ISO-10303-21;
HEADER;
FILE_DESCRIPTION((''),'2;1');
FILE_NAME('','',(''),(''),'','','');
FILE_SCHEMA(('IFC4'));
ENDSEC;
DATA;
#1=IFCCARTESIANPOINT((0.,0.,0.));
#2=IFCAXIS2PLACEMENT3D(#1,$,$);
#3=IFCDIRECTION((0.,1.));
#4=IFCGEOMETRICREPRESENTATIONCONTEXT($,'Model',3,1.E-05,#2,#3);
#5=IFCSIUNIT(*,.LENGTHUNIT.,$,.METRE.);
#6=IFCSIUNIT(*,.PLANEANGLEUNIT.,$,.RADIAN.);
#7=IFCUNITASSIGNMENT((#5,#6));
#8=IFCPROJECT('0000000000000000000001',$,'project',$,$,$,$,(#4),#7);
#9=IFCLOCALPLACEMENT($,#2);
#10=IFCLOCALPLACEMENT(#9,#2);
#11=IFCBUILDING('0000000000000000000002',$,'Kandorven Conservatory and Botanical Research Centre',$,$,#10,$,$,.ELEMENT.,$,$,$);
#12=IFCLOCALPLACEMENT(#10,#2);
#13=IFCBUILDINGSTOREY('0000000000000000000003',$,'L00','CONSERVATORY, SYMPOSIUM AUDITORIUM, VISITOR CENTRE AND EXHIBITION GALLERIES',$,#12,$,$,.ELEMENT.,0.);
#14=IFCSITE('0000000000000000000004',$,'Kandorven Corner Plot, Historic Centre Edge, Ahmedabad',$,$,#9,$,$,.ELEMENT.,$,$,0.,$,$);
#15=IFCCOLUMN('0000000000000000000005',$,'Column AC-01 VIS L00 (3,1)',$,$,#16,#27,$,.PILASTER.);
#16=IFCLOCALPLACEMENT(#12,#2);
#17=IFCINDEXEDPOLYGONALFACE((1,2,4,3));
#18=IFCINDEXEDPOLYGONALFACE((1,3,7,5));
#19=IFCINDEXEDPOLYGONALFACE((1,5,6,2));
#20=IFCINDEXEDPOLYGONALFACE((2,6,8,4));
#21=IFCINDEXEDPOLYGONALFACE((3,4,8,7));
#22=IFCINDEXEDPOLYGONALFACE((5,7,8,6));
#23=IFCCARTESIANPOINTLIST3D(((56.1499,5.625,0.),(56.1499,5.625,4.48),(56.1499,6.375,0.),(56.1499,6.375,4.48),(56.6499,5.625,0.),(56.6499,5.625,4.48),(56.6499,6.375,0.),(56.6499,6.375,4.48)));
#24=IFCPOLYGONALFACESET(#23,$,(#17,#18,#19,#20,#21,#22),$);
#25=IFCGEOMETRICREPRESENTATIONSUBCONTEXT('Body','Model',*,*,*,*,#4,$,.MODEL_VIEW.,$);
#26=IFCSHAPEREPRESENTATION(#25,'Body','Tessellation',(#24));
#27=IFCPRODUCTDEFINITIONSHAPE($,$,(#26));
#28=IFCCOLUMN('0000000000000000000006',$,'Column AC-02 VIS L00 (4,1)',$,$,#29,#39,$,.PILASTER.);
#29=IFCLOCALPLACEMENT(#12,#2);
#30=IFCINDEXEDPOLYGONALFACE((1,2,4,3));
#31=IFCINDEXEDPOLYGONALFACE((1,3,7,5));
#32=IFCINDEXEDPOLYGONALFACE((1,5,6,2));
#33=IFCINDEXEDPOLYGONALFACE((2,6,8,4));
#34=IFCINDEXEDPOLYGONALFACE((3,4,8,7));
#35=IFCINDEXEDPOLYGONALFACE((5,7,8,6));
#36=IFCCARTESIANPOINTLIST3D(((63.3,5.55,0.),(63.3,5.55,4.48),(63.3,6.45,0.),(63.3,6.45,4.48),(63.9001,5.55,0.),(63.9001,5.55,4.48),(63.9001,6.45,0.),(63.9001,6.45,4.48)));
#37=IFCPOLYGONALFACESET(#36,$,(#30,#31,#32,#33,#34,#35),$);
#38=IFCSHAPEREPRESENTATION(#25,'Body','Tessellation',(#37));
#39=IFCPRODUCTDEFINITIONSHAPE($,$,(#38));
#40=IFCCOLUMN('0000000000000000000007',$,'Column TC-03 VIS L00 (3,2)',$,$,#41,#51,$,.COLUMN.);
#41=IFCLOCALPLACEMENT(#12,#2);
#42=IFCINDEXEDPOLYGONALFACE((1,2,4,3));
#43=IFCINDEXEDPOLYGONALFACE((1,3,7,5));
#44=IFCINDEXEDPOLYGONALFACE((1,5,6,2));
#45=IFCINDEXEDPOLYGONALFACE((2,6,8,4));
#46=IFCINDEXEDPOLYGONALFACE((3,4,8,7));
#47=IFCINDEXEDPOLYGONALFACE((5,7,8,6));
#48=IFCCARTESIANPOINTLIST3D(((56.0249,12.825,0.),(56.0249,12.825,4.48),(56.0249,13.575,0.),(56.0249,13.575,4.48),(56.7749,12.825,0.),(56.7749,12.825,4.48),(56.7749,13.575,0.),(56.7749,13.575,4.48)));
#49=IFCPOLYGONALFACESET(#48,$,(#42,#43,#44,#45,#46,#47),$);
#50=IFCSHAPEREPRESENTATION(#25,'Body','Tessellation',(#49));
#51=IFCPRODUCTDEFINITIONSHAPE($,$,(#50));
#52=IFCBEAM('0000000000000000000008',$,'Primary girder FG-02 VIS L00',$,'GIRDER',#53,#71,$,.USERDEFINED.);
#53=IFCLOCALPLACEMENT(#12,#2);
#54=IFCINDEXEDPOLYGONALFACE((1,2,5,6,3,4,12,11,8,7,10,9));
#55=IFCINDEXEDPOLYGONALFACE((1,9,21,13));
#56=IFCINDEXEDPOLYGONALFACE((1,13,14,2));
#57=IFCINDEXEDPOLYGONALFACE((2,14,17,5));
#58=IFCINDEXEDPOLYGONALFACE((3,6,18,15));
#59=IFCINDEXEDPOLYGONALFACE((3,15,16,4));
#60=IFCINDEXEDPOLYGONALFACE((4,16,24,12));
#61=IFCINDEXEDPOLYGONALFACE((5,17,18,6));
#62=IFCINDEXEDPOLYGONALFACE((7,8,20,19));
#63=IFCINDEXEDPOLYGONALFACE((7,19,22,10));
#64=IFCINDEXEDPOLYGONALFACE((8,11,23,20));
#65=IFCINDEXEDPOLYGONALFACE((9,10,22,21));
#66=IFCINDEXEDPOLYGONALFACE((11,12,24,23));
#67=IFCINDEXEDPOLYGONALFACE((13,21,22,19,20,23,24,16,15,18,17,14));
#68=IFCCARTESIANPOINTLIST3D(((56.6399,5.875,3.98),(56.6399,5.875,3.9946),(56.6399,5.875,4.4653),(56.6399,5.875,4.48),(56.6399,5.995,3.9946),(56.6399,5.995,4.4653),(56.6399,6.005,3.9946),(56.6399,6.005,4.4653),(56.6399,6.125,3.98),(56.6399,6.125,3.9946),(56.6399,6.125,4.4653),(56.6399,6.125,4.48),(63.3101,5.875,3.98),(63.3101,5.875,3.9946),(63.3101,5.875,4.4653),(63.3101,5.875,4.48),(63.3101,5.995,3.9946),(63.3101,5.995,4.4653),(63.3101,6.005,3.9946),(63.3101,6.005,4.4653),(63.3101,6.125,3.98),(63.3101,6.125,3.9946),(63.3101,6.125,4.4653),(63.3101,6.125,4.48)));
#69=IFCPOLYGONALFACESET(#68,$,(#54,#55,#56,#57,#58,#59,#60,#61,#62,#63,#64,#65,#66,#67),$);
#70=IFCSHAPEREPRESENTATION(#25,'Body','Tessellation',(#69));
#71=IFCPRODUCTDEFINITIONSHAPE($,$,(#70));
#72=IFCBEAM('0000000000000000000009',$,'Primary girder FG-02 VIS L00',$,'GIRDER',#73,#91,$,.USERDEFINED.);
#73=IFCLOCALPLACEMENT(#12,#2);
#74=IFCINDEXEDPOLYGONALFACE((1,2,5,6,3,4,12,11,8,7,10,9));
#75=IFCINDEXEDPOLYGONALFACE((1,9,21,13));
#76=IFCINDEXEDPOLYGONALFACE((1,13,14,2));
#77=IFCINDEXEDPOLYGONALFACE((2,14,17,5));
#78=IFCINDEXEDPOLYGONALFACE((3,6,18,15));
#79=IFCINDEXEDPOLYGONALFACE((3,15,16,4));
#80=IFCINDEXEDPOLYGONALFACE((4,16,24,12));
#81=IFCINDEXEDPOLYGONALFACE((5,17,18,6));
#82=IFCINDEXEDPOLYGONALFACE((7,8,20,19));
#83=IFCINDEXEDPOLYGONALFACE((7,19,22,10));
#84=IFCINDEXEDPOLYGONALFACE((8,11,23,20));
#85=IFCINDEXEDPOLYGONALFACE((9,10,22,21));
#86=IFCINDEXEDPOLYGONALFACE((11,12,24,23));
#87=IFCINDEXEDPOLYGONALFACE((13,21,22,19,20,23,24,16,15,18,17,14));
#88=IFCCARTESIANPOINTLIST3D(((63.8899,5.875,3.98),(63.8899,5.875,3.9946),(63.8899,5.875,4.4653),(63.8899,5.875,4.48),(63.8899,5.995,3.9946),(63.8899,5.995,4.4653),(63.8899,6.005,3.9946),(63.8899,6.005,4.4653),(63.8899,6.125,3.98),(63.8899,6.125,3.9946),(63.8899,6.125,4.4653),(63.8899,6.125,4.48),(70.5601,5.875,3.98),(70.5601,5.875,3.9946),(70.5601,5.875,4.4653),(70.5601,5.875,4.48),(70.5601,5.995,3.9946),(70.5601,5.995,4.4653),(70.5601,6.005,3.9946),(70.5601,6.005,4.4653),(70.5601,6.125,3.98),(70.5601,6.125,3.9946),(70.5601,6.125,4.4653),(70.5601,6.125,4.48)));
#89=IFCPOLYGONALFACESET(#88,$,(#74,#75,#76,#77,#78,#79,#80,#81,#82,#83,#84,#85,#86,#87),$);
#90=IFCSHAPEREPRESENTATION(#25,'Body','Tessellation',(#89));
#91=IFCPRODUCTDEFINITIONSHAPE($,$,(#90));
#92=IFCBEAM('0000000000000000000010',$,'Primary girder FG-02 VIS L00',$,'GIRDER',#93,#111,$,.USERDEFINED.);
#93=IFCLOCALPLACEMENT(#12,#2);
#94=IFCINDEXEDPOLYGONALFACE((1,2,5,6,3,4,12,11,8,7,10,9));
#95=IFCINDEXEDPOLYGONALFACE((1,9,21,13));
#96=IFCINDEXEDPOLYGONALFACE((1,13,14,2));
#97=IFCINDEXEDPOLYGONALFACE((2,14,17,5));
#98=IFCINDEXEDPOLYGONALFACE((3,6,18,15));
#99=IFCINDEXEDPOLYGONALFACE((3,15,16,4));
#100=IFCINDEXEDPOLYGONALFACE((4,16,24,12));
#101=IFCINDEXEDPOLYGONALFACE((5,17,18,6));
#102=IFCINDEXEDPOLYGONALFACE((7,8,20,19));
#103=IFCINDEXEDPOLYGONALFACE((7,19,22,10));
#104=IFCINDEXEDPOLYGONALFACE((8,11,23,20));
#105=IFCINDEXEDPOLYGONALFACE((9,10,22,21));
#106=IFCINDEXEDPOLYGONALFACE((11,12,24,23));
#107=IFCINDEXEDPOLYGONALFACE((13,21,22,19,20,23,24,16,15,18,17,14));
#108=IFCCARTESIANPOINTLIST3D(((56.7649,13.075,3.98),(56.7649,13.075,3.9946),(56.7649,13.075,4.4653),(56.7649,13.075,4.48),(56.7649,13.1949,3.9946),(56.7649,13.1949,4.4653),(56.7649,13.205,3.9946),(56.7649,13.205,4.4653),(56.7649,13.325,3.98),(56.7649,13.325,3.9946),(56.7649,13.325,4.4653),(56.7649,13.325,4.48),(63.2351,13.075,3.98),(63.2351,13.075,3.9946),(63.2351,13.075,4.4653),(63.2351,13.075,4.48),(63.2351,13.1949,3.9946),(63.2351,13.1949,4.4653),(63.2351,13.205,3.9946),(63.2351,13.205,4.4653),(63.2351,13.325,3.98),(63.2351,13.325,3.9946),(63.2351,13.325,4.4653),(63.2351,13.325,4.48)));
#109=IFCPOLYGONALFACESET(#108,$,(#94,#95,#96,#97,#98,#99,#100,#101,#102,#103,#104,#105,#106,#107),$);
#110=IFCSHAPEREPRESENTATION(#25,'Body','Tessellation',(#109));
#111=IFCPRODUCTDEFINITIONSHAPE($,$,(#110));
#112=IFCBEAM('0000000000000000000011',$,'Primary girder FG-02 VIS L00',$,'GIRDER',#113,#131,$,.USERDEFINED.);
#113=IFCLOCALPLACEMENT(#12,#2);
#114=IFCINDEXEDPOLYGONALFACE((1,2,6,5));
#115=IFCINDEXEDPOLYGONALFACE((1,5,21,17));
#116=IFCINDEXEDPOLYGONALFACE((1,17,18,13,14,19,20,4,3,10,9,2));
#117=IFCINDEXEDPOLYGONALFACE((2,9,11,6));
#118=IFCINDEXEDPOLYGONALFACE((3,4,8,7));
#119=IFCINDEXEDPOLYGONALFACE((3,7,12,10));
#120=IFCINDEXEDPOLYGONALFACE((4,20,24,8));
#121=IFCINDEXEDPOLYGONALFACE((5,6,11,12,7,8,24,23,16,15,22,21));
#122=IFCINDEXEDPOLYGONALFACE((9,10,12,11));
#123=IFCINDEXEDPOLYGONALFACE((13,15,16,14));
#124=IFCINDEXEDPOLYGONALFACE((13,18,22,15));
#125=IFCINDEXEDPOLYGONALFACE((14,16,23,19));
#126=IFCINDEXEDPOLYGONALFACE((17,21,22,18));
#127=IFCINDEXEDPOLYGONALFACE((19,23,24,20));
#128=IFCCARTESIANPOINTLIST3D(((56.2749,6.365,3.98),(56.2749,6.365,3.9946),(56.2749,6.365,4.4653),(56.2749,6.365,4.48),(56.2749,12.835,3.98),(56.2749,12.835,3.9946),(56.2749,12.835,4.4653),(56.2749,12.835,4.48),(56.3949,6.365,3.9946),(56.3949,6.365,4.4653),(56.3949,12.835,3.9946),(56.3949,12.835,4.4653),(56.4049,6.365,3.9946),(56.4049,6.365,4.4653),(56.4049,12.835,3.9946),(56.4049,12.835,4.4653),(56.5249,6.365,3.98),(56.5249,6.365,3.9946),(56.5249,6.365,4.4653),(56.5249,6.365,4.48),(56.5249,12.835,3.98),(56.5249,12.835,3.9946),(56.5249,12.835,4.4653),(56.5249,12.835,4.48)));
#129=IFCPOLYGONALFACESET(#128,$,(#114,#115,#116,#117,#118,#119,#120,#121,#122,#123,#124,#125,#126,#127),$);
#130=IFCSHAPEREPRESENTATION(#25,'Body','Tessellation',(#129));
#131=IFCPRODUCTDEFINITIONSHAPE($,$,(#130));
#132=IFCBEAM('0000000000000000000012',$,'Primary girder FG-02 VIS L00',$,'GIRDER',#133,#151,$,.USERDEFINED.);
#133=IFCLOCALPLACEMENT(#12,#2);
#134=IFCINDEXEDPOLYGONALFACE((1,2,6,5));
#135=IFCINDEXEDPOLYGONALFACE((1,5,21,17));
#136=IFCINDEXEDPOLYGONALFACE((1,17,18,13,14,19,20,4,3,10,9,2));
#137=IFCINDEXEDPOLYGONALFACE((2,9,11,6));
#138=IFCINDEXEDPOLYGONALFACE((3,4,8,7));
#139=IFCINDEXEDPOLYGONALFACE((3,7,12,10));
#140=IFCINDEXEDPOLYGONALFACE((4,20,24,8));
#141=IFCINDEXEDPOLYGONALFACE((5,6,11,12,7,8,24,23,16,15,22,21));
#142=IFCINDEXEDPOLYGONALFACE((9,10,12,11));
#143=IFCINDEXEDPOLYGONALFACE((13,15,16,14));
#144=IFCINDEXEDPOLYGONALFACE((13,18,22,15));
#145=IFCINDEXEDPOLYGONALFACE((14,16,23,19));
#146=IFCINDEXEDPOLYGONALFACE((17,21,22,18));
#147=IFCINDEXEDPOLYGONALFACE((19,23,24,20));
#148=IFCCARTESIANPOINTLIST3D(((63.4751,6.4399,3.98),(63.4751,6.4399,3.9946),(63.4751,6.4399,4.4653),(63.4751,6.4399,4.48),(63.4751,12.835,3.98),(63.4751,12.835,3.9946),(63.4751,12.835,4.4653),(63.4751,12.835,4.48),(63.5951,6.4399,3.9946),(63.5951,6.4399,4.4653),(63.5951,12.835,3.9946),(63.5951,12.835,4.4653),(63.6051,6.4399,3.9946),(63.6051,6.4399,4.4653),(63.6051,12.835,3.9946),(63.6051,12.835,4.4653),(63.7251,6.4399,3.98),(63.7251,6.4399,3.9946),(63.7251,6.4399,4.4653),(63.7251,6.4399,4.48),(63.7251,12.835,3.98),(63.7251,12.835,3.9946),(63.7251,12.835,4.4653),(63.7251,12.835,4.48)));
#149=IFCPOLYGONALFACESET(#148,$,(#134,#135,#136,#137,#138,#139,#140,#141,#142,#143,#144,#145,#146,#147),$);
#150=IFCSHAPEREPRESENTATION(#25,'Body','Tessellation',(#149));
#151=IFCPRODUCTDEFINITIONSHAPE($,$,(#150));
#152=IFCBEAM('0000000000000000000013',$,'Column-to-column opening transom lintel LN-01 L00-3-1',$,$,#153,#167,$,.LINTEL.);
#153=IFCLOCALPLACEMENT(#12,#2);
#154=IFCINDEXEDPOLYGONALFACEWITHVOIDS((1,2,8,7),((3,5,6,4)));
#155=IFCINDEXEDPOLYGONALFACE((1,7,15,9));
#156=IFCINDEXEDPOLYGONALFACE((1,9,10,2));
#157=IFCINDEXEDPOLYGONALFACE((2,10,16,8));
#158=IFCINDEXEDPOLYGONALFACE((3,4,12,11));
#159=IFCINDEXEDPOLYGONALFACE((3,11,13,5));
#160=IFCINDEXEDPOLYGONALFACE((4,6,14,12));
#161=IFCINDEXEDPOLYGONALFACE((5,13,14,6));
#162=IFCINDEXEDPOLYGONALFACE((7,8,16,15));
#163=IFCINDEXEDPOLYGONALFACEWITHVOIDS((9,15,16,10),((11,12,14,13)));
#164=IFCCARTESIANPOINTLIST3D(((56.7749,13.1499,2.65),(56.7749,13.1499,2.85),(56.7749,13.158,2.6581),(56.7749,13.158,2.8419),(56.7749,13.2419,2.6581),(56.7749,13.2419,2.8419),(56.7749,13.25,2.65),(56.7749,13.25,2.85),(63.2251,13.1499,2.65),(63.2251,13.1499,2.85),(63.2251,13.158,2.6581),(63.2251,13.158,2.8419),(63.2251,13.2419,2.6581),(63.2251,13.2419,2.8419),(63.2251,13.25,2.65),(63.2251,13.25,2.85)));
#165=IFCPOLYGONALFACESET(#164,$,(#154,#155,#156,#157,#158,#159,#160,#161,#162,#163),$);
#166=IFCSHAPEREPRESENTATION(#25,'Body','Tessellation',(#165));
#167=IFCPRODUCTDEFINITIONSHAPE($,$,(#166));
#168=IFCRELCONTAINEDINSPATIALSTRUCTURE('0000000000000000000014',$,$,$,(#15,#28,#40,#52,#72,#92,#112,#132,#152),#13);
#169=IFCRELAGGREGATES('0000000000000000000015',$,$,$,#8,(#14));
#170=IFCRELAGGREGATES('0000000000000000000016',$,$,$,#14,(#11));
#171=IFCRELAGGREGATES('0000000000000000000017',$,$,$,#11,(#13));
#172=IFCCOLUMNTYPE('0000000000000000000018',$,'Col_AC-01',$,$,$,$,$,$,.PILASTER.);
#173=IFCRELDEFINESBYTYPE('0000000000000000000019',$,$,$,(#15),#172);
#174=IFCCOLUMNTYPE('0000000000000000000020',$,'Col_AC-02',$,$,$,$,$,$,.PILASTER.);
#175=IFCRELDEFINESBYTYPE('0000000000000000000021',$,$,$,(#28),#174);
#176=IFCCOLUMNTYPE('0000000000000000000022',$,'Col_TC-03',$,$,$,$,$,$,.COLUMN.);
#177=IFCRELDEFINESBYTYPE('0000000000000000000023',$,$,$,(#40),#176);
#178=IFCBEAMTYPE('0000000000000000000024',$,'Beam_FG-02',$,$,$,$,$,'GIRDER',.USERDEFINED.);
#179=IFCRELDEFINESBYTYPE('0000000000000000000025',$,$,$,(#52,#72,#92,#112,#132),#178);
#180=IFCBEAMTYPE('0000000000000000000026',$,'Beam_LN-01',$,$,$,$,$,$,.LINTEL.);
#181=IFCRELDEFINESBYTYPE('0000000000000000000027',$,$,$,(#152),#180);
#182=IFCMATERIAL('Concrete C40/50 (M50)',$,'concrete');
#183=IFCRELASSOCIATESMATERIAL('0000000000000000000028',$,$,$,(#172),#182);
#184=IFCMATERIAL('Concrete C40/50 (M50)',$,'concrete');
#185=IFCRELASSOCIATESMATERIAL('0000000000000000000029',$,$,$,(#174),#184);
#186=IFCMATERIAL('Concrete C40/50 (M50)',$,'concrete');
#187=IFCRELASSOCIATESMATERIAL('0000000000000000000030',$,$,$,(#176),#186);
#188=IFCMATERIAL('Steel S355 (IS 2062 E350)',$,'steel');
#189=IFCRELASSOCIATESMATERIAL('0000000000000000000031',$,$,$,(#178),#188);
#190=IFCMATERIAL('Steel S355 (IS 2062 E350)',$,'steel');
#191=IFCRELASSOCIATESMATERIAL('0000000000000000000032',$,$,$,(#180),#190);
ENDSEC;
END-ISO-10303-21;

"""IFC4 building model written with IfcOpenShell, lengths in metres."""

from ifc_helpers import new_model, si_unit, direction, frame, origin, origin_2d, place, context, subcontext, project, spatial, rectangle, hollow_rectangle, i_section, extrude, material, material_profile, profile_set, type_object, element, save


model = new_model("IFC4")

# Units and contexts
model_context = context("Model", 3, precision=1e-05, world=origin(), true_north=direction((0.0, 1.0)))
body_context = subcontext(model_context, "Body", "Model", "MODEL_VIEW")
ifc_project = project(units=[si_unit("LENGTHUNIT", "METRE"), si_unit("PLANEANGLEUNIT", "RADIAN")], contexts=[model_context])

# Site, building, storey
site_placement = place(None, origin())
site = spatial("IfcSite", under=ifc_project, at=site_placement, Name="Kandorven Corner Plot, Historic Centre Edge, Ahmedabad", CompositionType="ELEMENT", RefElevation=0.0)
building_placement = place(site_placement, origin())
building = spatial("IfcBuilding", under=site, at=building_placement, Name="Kandorven Conservatory and Botanical Research Centre", CompositionType="ELEMENT")
storey_placement = place(building_placement, origin())
storey = spatial("IfcBuildingStorey", under=building, at=storey_placement, Name="L00", Description="CONSERVATORY, SYMPOSIUM AUDITORIUM, VISITOR CENTRE AND EXHIBITION GALLERIES", CompositionType="ELEMENT", Elevation=0.0)

# Columns
ifc_material_1 = material(Name="Concrete C40/50 (M50)", Category="concrete")
ifc_material_profile_1 = material_profile(ifc_material_1, rectangle(XDim=0.5, YDim=0.75, at=origin_2d()))
ifc_profile_set_1 = profile_set([ifc_material_profile_1], Name="Concrete C40/50 (M50)")
column_type_1 = type_object("IfcColumnType", Name="Col_AC-01", PredefinedType="PILASTER", material=ifc_profile_set_1)
column_1_placement = place(storey_placement, frame((56.3999, 6.0, 0.0), z_axis=(0.0, 0.0, 1.0), x_axis=(1.0, 0.0, 0.0)))
element("IfcColumn", 1, at=column_1_placement, inside=storey, type_object=column_type_1, Name="Column AC-01 VIS L00 (3,1)", PredefinedType="PILASTER", context=body_context, shape_type="SweptSolid", body=[
    extrude(rectangle(XDim=0.5, YDim=0.75, at=origin_2d()), origin(), (0.0, 0.0, 1.0), 4.48),
])
ifc_material_2 = material(Name="Concrete C40/50 (M50)", Category="concrete")
ifc_material_profile_2 = material_profile(ifc_material_2, rectangle(XDim=0.6001, YDim=0.8999, at=origin_2d()))
ifc_profile_set_2 = profile_set([ifc_material_profile_2], Name="Concrete C40/50 (M50)")
column_type_2 = type_object("IfcColumnType", Name="Col_AC-02", PredefinedType="PILASTER", material=ifc_profile_set_2)
column_2_placement = place(storey_placement, frame((63.6001, 6.0, 0.0), z_axis=(0.0, 0.0, 1.0), x_axis=(1.0, 0.0, 0.0)))
element("IfcColumn", 2, at=column_2_placement, inside=storey, type_object=column_type_2, Name="Column AC-02 VIS L00 (4,1)", PredefinedType="PILASTER", context=body_context, shape_type="SweptSolid", body=[
    extrude(rectangle(XDim=0.6001, YDim=0.8999, at=origin_2d()), origin(), (0.0, 0.0, 1.0), 4.48),
])
ifc_material_3 = material(Name="Concrete C40/50 (M50)", Category="concrete")
ifc_material_profile_3 = material_profile(ifc_material_3, rectangle(XDim=0.75, YDim=0.75, at=origin_2d()))
ifc_profile_set_3 = profile_set([ifc_material_profile_3], Name="Concrete C40/50 (M50)")
column_type_3 = type_object("IfcColumnType", Name="Col_TC-03", PredefinedType="COLUMN", material=ifc_profile_set_3)
column_3_placement = place(storey_placement, frame((56.3999, 13.2, 0.0), z_axis=(0.0, 0.0, 1.0), x_axis=(1.0, 0.0, 0.0)))
element("IfcColumn", 3, at=column_3_placement, inside=storey, type_object=column_type_3, Name="Column TC-03 VIS L00 (3,2)", PredefinedType="COLUMN", context=body_context, shape_type="SweptSolid", body=[
    extrude(rectangle(XDim=0.75, YDim=0.75, at=origin_2d()), origin(), (0.0, 0.0, 1.0), 4.48),
])

# Beams
ifc_material_4 = material(Name="Steel S355 (IS 2062 E350)", Category="steel")
ifc_material_profile_4 = material_profile(ifc_material_4, i_section(OverallWidth=0.25, OverallDepth=0.5, WebThickness=0.01, FlangeThickness=0.0146, at=origin_2d()))
ifc_profile_set_4 = profile_set([ifc_material_profile_4], Name="Steel S355 (IS 2062 E350)")
beam_type_1 = type_object("IfcBeamType", Name="Beam_FG-02", ElementType="GIRDER", PredefinedType="USERDEFINED", material=ifc_profile_set_4)
for number, where, z_axis, x_axis, name in (
    (4, (56.6399, 6.0, 4.23), (1.0, 0.0, 0.0), (0.0, 1.0, 0.0), "Primary girder FG-02 VIS L00"),
    (5, (63.8899, 6.0, 4.23), (1.0, 0.0, 0.0), (0.0, 1.0, 0.0), "Primary girder FG-02 VIS L00"),
):
    element("IfcBeam", number, at=place(storey_placement, frame(where, z_axis=z_axis, x_axis=x_axis)), inside=storey, type_object=beam_type_1, Name=name, ObjectType="GIRDER", PredefinedType="USERDEFINED", context=body_context, shape_type="SweptSolid", body=[
        extrude(i_section(OverallWidth=0.25, OverallDepth=0.5, WebThickness=0.01, FlangeThickness=0.0146, at=origin_2d()), origin(), (0.0, 0.0, 1.0), 6.6702),
    ])
beam_1_placement = place(storey_placement, frame((56.7649, 13.2, 4.23), z_axis=(1.0, 0.0, 0.0), x_axis=(0.0, 1.0, 0.0)))
element("IfcBeam", 6, at=beam_1_placement, inside=storey, type_object=beam_type_1, Name="Primary girder FG-02 VIS L00", ObjectType="GIRDER", PredefinedType="USERDEFINED", context=body_context, shape_type="SweptSolid", body=[
    extrude(i_section(OverallWidth=0.25, OverallDepth=0.5, WebThickness=0.01, FlangeThickness=0.0146, at=origin_2d()), origin(), (0.0, 0.0, 1.0), 6.4702),
])
beam_2_placement = place(storey_placement, frame((56.3999, 6.365, 4.23), z_axis=(0.0, 1.0, 0.0), x_axis=(-1.0, 0.0, 0.0)))
element("IfcBeam", 7, at=beam_2_placement, inside=storey, type_object=beam_type_1, Name="Primary girder FG-02 VIS L00", ObjectType="GIRDER", PredefinedType="USERDEFINED", context=body_context, shape_type="SweptSolid", body=[
    extrude(i_section(OverallWidth=0.25, OverallDepth=0.5, WebThickness=0.01, FlangeThickness=0.0146, at=origin_2d()), origin(), (0.0, 0.0, 1.0), 6.47),
])
beam_3_placement = place(storey_placement, frame((63.6001, 6.4399, 4.23), z_axis=(0.0, 1.0, 0.0), x_axis=(-1.0, 0.0, 0.0)))
element("IfcBeam", 8, at=beam_3_placement, inside=storey, type_object=beam_type_1, Name="Primary girder FG-02 VIS L00", ObjectType="GIRDER", PredefinedType="USERDEFINED", context=body_context, shape_type="SweptSolid", body=[
    extrude(i_section(OverallWidth=0.25, OverallDepth=0.5, WebThickness=0.01, FlangeThickness=0.0146, at=origin_2d()), origin(), (0.0, 0.0, 1.0), 6.395),
])
ifc_material_5 = material(Name="Steel S355 (IS 2062 E350)", Category="steel")
ifc_material_profile_5 = material_profile(ifc_material_5, hollow_rectangle(XDim=0.1001, YDim=0.2, WallThickness=0.0081, at=origin_2d()))
ifc_profile_set_5 = profile_set([ifc_material_profile_5], Name="Steel S355 (IS 2062 E350)")
beam_type_2 = type_object("IfcBeamType", Name="Beam_LN-01", PredefinedType="LINTEL", material=ifc_profile_set_5)
beam_4_placement = place(storey_placement, frame((56.7749, 13.2, 2.75), z_axis=(1.0, 0.0, 0.0), x_axis=(0.0, 1.0, 0.0)))
element("IfcBeam", 9, at=beam_4_placement, inside=storey, type_object=beam_type_2, Name="Column-to-column opening transom lintel LN-01 L00-3-1", PredefinedType="LINTEL", context=body_context, shape_type="SweptSolid", body=[
    extrude(hollow_rectangle(XDim=0.1001, YDim=0.2, WallThickness=0.0081, at=origin_2d()), origin(), (0.0, 0.0, 1.0), 6.4502),
])

save(model, "model.ifc")
